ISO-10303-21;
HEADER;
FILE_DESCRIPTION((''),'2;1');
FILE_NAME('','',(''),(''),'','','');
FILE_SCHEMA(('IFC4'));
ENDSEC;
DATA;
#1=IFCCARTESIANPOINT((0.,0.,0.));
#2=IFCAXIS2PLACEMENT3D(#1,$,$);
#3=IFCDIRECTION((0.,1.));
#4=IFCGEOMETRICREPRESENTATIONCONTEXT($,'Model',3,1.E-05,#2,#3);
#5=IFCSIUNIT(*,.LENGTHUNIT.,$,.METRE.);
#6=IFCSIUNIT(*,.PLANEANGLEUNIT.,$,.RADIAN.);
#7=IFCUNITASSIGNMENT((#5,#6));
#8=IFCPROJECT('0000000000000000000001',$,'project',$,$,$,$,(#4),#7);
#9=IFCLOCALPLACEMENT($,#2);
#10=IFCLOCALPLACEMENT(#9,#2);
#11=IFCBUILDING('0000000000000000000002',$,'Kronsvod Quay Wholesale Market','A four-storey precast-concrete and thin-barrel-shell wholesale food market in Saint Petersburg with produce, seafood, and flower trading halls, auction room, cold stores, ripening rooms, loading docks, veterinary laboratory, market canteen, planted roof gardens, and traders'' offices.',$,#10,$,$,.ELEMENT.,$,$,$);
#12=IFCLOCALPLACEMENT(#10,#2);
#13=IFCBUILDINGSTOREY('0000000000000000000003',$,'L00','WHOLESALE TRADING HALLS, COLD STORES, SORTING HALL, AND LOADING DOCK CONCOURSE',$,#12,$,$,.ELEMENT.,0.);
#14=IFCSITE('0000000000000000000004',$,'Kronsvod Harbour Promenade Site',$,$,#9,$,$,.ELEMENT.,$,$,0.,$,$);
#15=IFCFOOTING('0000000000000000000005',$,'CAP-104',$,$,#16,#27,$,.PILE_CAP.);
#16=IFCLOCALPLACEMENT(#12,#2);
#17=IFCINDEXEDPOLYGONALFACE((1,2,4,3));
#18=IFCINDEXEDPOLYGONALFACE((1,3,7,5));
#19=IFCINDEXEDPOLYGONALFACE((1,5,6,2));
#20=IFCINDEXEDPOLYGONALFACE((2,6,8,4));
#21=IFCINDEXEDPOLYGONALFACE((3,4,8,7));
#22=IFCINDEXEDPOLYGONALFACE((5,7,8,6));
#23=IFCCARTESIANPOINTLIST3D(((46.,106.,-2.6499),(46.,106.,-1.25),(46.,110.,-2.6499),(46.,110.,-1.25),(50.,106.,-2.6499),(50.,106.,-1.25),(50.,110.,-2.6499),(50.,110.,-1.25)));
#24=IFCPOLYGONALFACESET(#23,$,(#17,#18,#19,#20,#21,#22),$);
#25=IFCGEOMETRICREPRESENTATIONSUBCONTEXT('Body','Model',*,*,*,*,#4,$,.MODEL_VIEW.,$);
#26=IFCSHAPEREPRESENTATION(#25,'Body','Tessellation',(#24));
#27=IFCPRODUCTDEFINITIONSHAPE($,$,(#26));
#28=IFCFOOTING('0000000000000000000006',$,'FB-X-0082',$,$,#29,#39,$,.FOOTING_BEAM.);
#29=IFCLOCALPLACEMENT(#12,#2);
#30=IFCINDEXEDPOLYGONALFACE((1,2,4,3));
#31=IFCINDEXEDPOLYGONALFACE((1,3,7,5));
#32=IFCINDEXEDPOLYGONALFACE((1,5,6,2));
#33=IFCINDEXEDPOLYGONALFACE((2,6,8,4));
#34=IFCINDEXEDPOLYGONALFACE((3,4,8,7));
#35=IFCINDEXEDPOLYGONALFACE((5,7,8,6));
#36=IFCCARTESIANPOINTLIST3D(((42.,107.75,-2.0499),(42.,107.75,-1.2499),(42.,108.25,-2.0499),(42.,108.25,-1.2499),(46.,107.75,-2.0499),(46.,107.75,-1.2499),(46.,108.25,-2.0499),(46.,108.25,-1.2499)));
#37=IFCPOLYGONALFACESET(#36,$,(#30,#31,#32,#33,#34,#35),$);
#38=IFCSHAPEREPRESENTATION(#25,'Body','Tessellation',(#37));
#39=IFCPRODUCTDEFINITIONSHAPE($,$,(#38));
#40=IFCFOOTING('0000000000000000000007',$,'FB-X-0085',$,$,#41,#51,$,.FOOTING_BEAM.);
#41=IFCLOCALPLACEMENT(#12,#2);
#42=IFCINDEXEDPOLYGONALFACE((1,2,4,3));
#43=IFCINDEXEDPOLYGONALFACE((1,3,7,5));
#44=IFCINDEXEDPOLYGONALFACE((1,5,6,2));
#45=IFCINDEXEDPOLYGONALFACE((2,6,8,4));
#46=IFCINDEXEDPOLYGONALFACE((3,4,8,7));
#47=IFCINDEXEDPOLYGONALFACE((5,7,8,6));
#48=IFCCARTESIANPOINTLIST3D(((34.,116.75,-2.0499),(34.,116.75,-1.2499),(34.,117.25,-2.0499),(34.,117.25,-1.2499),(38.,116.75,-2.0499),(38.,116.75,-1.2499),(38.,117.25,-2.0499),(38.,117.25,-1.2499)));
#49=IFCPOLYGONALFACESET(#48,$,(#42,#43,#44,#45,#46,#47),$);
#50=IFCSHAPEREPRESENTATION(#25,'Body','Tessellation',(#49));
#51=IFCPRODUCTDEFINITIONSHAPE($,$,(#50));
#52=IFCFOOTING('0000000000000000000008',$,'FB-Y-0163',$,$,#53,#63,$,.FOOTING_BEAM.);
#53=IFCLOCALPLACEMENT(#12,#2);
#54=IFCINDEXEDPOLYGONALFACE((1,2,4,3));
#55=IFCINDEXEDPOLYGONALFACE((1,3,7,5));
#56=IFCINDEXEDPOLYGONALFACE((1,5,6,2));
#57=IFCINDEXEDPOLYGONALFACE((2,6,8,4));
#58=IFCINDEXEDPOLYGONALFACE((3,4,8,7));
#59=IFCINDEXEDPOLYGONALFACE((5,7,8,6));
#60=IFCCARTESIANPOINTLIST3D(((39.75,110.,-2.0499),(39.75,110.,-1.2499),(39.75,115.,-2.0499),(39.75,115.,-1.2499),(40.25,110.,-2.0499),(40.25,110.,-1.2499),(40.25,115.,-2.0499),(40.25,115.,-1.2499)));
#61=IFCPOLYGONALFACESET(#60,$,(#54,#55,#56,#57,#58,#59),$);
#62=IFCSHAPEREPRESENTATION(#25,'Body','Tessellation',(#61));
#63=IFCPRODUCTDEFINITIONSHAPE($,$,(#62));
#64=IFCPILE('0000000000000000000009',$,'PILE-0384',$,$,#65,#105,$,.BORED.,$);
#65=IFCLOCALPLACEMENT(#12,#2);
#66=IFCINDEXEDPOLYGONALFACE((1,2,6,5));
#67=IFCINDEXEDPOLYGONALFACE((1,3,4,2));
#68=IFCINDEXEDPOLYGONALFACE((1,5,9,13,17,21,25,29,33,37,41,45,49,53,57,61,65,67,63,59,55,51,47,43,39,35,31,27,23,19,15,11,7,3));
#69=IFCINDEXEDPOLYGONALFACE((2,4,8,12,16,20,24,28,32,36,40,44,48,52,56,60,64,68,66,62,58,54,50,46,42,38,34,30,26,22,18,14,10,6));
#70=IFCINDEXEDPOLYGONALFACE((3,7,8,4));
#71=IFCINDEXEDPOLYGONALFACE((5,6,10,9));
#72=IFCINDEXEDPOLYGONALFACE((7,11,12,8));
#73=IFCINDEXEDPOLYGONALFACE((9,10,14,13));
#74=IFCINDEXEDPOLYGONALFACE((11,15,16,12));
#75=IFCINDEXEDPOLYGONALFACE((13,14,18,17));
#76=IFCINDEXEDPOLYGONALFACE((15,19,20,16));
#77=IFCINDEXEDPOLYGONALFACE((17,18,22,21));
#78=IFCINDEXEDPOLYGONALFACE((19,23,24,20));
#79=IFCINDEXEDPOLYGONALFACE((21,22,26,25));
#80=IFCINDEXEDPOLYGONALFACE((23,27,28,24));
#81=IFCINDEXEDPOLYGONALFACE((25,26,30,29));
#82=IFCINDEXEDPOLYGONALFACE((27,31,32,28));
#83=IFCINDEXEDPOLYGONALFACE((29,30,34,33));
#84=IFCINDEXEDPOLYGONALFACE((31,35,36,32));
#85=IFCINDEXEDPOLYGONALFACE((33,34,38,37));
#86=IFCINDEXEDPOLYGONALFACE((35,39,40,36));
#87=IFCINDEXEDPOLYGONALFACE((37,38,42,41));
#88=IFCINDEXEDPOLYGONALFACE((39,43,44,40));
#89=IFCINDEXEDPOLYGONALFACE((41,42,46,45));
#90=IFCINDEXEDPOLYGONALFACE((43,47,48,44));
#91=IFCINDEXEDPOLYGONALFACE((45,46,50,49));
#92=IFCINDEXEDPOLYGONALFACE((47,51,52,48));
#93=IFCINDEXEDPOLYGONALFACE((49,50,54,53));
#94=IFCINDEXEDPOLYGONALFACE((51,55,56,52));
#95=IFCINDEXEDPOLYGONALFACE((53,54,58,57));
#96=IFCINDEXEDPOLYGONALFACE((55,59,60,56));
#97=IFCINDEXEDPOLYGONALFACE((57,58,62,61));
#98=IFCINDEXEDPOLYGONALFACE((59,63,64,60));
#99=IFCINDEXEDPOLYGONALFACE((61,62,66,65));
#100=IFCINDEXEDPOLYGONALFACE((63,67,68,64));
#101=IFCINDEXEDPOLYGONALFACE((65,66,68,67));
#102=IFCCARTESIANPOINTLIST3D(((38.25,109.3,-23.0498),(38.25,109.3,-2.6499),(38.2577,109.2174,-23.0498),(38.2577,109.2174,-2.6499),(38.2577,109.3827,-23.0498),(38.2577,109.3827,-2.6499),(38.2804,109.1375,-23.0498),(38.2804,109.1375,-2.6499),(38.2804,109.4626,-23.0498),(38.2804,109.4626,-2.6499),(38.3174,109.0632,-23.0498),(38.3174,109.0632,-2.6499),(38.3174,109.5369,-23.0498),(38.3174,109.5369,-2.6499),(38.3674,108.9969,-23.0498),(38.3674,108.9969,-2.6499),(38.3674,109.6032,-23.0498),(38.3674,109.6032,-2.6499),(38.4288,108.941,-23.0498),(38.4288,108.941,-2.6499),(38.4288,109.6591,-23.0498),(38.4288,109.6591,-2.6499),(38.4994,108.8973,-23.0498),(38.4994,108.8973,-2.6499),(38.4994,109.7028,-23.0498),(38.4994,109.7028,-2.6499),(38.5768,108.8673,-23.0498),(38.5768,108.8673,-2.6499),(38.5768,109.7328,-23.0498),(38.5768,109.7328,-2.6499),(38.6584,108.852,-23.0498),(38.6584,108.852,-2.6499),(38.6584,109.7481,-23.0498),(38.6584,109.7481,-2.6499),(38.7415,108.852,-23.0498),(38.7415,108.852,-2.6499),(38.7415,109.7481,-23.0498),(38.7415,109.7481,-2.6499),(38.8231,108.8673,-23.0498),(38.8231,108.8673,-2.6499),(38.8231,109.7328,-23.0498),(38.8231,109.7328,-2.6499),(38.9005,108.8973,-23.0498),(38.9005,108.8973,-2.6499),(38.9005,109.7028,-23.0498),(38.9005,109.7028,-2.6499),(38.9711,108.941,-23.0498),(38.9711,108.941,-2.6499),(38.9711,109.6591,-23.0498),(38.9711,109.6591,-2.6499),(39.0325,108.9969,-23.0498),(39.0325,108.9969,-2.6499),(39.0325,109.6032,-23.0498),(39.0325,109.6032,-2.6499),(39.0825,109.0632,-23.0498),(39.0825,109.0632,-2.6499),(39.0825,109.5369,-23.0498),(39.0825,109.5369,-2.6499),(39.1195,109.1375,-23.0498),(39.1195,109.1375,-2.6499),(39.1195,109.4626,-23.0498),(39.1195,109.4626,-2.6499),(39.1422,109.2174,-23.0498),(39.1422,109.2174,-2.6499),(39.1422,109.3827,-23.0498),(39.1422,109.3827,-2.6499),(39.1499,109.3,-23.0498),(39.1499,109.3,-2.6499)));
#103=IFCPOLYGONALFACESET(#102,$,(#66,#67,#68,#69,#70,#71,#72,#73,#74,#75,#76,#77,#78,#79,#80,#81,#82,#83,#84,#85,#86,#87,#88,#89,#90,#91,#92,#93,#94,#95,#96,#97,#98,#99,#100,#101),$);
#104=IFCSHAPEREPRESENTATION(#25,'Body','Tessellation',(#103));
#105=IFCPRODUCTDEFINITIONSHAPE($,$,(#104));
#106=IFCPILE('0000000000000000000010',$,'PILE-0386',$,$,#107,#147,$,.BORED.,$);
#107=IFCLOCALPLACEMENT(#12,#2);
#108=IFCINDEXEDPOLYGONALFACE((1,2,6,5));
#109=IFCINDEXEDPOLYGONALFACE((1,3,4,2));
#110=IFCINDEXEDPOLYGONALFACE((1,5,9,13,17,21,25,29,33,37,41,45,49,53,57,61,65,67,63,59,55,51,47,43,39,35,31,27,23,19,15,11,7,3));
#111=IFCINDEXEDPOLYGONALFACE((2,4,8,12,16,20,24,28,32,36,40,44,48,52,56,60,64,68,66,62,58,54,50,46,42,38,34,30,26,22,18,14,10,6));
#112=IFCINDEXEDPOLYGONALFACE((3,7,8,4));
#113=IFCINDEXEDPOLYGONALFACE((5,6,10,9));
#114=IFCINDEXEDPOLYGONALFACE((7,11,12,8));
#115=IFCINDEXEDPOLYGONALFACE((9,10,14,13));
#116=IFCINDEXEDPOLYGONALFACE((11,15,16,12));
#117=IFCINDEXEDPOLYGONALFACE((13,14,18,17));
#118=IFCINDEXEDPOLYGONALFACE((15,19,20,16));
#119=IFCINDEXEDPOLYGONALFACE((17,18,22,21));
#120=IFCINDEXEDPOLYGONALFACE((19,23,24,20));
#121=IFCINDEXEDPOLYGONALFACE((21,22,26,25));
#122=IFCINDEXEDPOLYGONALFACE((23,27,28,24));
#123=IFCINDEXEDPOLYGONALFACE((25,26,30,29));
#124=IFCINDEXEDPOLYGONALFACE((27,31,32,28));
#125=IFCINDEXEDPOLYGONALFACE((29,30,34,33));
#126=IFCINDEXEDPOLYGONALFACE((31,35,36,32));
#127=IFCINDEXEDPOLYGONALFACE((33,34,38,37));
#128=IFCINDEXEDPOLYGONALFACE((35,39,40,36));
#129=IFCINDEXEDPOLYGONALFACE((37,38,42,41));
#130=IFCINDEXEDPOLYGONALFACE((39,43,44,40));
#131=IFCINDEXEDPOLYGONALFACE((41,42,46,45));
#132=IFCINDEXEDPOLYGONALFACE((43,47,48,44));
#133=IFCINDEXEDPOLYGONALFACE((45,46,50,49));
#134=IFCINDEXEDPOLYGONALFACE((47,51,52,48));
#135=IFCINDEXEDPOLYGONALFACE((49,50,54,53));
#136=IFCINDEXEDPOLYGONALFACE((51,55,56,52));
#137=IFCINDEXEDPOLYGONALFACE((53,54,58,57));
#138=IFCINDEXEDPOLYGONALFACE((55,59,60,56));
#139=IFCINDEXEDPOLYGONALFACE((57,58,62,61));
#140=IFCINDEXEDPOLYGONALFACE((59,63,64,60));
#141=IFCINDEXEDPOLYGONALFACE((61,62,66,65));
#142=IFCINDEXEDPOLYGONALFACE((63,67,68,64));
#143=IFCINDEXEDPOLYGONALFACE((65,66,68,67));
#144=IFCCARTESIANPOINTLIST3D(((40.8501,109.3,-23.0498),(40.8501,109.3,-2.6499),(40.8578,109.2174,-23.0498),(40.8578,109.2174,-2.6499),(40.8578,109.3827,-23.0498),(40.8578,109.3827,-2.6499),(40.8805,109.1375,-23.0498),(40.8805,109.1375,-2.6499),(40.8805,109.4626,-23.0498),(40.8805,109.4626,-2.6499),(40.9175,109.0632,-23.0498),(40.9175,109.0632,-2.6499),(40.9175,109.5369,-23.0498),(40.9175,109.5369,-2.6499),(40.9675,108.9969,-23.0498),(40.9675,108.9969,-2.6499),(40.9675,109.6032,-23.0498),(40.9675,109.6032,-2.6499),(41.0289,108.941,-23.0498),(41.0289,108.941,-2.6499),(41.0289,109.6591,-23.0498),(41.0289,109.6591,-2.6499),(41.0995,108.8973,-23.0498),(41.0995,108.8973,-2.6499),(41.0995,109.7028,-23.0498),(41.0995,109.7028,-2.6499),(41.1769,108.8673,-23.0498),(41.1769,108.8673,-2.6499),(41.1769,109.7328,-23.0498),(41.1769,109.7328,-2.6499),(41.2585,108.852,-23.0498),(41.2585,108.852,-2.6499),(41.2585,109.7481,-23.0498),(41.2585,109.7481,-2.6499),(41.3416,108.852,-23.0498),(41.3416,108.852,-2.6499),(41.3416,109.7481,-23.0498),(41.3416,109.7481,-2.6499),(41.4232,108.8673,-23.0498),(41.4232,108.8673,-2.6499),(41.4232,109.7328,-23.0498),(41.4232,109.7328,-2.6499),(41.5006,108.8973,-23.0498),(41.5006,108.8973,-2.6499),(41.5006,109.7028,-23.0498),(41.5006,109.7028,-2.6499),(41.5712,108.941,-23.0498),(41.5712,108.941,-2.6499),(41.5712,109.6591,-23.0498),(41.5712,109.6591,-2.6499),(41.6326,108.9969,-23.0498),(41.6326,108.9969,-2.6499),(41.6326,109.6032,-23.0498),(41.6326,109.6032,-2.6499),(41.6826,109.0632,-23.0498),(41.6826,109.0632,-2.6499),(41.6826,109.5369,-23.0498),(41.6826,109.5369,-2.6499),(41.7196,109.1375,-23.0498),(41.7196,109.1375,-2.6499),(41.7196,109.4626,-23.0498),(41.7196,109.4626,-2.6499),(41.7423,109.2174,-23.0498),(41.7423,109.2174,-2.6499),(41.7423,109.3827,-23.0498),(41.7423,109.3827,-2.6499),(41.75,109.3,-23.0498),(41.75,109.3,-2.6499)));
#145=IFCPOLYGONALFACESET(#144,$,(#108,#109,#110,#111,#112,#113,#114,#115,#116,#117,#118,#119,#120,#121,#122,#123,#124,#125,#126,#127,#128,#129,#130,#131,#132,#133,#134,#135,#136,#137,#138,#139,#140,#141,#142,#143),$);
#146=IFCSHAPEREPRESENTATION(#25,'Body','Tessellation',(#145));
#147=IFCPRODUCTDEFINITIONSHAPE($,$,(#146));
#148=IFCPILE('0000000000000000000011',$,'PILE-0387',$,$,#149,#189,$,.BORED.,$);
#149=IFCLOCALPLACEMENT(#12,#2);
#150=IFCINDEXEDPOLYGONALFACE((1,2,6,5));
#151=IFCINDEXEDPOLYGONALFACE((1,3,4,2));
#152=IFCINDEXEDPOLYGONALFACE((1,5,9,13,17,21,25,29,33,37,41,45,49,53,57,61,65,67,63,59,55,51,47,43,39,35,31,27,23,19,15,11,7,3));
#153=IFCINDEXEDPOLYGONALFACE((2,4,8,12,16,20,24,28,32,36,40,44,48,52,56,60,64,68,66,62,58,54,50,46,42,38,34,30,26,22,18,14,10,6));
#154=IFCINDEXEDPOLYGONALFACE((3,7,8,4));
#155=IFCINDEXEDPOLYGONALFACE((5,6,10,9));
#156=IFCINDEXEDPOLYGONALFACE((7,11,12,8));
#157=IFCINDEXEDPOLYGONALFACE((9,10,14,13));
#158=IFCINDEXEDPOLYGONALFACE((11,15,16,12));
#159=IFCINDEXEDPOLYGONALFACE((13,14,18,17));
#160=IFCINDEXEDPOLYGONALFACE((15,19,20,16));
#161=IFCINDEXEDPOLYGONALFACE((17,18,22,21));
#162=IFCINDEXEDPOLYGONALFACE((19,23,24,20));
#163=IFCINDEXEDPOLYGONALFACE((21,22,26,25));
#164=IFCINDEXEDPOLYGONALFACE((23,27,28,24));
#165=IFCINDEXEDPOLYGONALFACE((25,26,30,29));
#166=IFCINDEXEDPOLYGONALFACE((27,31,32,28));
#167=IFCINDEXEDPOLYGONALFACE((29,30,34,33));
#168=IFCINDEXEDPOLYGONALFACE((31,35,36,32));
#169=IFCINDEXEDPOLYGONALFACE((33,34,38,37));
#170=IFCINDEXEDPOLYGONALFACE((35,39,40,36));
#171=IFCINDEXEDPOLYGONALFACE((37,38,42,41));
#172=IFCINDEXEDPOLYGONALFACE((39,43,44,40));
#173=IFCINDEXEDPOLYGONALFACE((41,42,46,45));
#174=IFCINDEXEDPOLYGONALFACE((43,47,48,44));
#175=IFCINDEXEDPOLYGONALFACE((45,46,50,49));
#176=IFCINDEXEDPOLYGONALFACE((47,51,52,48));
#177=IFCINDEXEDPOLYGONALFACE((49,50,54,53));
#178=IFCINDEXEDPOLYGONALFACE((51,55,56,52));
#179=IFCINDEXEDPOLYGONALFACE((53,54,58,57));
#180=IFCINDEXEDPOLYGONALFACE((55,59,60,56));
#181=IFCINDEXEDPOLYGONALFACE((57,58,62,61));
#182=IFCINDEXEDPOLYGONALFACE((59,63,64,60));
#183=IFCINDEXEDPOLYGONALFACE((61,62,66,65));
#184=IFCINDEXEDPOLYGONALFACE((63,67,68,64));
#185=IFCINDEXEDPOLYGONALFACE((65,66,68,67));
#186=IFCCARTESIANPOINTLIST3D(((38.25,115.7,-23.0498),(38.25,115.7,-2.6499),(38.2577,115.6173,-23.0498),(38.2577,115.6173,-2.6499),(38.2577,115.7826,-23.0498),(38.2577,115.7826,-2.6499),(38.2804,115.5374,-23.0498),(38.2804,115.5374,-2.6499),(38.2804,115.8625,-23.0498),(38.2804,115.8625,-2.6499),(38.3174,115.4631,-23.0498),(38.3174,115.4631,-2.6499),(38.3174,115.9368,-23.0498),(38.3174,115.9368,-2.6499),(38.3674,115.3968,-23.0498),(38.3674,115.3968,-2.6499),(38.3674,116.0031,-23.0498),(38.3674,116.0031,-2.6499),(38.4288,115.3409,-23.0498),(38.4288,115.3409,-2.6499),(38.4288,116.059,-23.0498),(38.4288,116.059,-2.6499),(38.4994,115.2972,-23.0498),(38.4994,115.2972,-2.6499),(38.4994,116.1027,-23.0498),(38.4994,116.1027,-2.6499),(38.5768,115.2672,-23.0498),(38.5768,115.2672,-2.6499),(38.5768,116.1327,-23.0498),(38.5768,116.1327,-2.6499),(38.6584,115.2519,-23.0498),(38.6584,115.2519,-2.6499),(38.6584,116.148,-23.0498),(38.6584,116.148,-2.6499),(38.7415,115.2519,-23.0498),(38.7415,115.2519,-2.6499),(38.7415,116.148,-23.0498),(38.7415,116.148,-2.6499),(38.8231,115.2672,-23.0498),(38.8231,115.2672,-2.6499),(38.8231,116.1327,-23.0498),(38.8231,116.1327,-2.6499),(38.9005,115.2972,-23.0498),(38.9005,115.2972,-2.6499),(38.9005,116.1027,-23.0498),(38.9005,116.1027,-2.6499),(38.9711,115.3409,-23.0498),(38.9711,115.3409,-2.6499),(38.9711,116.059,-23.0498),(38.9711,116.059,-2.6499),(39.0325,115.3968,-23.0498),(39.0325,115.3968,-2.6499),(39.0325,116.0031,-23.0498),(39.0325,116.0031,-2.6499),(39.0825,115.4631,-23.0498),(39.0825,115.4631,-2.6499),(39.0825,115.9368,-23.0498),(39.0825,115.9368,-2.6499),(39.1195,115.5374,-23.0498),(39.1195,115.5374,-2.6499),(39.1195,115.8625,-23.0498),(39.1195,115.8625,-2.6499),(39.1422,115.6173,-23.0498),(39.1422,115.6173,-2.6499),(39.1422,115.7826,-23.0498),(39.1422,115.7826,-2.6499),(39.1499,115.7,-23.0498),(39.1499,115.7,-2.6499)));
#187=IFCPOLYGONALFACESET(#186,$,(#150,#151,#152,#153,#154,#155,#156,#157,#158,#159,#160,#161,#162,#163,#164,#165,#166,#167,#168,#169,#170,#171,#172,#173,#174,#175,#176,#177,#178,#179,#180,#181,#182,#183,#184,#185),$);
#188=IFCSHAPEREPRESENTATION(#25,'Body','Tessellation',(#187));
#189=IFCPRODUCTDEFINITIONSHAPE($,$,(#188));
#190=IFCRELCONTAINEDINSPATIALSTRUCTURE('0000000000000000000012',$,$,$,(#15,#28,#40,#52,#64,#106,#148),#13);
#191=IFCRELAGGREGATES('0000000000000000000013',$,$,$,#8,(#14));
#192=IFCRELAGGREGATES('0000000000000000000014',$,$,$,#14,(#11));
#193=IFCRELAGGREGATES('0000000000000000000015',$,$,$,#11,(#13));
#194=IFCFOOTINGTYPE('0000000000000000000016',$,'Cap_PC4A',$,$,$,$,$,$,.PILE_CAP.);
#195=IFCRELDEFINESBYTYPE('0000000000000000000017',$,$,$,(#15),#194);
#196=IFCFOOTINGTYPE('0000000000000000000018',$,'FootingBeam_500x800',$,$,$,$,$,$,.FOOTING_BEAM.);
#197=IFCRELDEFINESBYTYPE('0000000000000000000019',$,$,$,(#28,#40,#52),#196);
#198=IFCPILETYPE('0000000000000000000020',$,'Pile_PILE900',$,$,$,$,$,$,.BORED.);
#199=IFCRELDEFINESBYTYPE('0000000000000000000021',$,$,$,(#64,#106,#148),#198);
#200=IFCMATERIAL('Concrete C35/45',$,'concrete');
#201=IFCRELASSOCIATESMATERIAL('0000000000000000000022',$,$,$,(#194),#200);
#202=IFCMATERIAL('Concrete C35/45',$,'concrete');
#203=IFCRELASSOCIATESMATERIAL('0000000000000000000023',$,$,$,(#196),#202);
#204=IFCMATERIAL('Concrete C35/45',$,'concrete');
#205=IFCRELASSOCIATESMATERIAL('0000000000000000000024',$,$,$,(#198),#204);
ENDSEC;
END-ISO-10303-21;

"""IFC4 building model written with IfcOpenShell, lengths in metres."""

from ifc_helpers import new_model, si_unit, direction, frame, origin, origin_2d, place, context, subcontext, project, spatial, rectangle, circle, extrude, material, material_profile, profile_set, type_object, element, save


model = new_model("IFC4")

# Units and contexts
model_context = context("Model", 3, precision=1e-05, world=origin(), true_north=direction((0.0, 1.0)))
body_context = subcontext(model_context, "Body", "Model", "MODEL_VIEW")
ifc_project = project(units=[si_unit("LENGTHUNIT", "METRE"), si_unit("PLANEANGLEUNIT", "RADIAN")], contexts=[model_context])

# Site, building, storey
site_placement = place(None, origin())
site = spatial("IfcSite", under=ifc_project, at=site_placement, Name="Kronsvod Harbour Promenade Site", CompositionType="ELEMENT", RefElevation=0.0)
building_placement = place(site_placement, origin())
building = spatial("IfcBuilding", under=site, at=building_placement, Name="Kronsvod Quay Wholesale Market", Description="A four-storey precast-concrete and thin-barrel-shell wholesale food market in Saint Petersburg with produce, seafood, and flower trading halls, auction room, cold stores, ripening rooms, loading docks, veterinary laboratory, market canteen, planted roof gardens, and traders' offices.", CompositionType="ELEMENT")
storey_placement = place(building_placement, origin())
storey = spatial("IfcBuildingStorey", under=building, at=storey_placement, Name="L00", Description="WHOLESALE TRADING HALLS, COLD STORES, SORTING HALL, AND LOADING DOCK CONCOURSE", CompositionType="ELEMENT", Elevation=0.0)

# Footings
ifc_material_1 = material(Name="Concrete C35/45", Category="concrete")
footing_type_1 = type_object("IfcFootingType", Name="Cap_PC4A", PredefinedType="PILE_CAP", material=ifc_material_1)
footing_1_placement = place(storey_placement, frame((48.0, 108.0, -2.6499), z_axis=(0.0, 0.0, 1.0), x_axis=(1.0, 0.0, 0.0)))
element("IfcFooting", 1, at=footing_1_placement, inside=storey, type_object=footing_type_1, Name="CAP-104", PredefinedType="PILE_CAP", context=body_context, shape_type="SweptSolid", body=[
    extrude(rectangle(XDim=4.0, YDim=4.0, at=origin_2d()), origin(), (0.0, 0.0, 1.0), 1.3999),
])
ifc_material_2 = material(Name="Concrete C35/45", Category="concrete")
ifc_material_profile_1 = material_profile(ifc_material_2, rectangle(XDim=0.5, YDim=0.8, at=origin_2d()), Name="FB-01")
ifc_profile_set_1 = profile_set([ifc_material_profile_1], Name="Concrete C35/45")
footing_type_2 = type_object("IfcFootingType", Name="FootingBeam_500x800", PredefinedType="FOOTING_BEAM", material=ifc_profile_set_1)
for number, where, z_axis, x_axis, name in (
    (2, (42.0, 108.0, -1.6499), (1.0, 0.0, 0.0), (0.0, 1.0, 0.0), "FB-X-0082"),
    (3, (34.0, 117.0, -1.6499), (1.0, 0.0, 0.0), (0.0, 1.0, 0.0), "FB-X-0085"),
):
    element("IfcFooting", number, at=place(storey_placement, frame(where, z_axis=z_axis, x_axis=x_axis)), inside=storey, type_object=footing_type_2, Name=name, PredefinedType="FOOTING_BEAM", context=body_context, shape_type="SweptSolid", body=[
        extrude(rectangle(XDim=0.5, YDim=0.8, at=origin_2d()), origin(), (0.0, 0.0, 1.0), 4.0),
    ])
footing_2_placement = place(storey_placement, frame((40.0, 110.0, -1.6499), z_axis=(0.0, 1.0, 0.0), x_axis=(-1.0, 0.0, 0.0)))
element("IfcFooting", 4, at=footing_2_placement, inside=storey, type_object=footing_type_2, Name="FB-Y-0163", PredefinedType="FOOTING_BEAM", context=body_context, shape_type="SweptSolid", body=[
    extrude(rectangle(XDim=0.5, YDim=0.8, at=origin_2d()), origin(), (0.0, 0.0, 1.0), 5.0),
])

# Piles
ifc_material_3 = material(Name="Concrete C35/45", Category="concrete")
ifc_material_profile_2 = material_profile(ifc_material_3, circle(Radius=0.45, at=origin_2d()), Name="PILE900")
ifc_profile_set_2 = profile_set([ifc_material_profile_2], Name="Concrete C35/45")
pile_type = type_object("IfcPileType", Name="Pile_PILE900", PredefinedType="BORED", material=ifc_profile_set_2)
for number, where, z_axis, x_axis, name in (
    (5, (38.7, 109.3, -2.6499), (0.0, 0.0, -1.0), (1.0, 0.0, 0.0), "PILE-0384"),
    (6, (41.3, 109.3, -2.6499), (0.0, 0.0, -1.0), (1.0, 0.0, 0.0), "PILE-0386"),
    (7, (38.7, 115.7, -2.6499), (0.0, 0.0, -1.0), (1.0, 0.0, 0.0), "PILE-0387"),
):
    element("IfcPile", number, at=place(storey_placement, frame(where, z_axis=z_axis, x_axis=x_axis)), inside=storey, type_object=pile_type, Name=name, PredefinedType="BORED", context=body_context, shape_type="SweptSolid", body=[
        extrude(circle(Radius=0.45, at=origin_2d()), origin(), (0.0, 0.0, 1.0), 20.3999),
    ])

save(model, "model.ifc")
